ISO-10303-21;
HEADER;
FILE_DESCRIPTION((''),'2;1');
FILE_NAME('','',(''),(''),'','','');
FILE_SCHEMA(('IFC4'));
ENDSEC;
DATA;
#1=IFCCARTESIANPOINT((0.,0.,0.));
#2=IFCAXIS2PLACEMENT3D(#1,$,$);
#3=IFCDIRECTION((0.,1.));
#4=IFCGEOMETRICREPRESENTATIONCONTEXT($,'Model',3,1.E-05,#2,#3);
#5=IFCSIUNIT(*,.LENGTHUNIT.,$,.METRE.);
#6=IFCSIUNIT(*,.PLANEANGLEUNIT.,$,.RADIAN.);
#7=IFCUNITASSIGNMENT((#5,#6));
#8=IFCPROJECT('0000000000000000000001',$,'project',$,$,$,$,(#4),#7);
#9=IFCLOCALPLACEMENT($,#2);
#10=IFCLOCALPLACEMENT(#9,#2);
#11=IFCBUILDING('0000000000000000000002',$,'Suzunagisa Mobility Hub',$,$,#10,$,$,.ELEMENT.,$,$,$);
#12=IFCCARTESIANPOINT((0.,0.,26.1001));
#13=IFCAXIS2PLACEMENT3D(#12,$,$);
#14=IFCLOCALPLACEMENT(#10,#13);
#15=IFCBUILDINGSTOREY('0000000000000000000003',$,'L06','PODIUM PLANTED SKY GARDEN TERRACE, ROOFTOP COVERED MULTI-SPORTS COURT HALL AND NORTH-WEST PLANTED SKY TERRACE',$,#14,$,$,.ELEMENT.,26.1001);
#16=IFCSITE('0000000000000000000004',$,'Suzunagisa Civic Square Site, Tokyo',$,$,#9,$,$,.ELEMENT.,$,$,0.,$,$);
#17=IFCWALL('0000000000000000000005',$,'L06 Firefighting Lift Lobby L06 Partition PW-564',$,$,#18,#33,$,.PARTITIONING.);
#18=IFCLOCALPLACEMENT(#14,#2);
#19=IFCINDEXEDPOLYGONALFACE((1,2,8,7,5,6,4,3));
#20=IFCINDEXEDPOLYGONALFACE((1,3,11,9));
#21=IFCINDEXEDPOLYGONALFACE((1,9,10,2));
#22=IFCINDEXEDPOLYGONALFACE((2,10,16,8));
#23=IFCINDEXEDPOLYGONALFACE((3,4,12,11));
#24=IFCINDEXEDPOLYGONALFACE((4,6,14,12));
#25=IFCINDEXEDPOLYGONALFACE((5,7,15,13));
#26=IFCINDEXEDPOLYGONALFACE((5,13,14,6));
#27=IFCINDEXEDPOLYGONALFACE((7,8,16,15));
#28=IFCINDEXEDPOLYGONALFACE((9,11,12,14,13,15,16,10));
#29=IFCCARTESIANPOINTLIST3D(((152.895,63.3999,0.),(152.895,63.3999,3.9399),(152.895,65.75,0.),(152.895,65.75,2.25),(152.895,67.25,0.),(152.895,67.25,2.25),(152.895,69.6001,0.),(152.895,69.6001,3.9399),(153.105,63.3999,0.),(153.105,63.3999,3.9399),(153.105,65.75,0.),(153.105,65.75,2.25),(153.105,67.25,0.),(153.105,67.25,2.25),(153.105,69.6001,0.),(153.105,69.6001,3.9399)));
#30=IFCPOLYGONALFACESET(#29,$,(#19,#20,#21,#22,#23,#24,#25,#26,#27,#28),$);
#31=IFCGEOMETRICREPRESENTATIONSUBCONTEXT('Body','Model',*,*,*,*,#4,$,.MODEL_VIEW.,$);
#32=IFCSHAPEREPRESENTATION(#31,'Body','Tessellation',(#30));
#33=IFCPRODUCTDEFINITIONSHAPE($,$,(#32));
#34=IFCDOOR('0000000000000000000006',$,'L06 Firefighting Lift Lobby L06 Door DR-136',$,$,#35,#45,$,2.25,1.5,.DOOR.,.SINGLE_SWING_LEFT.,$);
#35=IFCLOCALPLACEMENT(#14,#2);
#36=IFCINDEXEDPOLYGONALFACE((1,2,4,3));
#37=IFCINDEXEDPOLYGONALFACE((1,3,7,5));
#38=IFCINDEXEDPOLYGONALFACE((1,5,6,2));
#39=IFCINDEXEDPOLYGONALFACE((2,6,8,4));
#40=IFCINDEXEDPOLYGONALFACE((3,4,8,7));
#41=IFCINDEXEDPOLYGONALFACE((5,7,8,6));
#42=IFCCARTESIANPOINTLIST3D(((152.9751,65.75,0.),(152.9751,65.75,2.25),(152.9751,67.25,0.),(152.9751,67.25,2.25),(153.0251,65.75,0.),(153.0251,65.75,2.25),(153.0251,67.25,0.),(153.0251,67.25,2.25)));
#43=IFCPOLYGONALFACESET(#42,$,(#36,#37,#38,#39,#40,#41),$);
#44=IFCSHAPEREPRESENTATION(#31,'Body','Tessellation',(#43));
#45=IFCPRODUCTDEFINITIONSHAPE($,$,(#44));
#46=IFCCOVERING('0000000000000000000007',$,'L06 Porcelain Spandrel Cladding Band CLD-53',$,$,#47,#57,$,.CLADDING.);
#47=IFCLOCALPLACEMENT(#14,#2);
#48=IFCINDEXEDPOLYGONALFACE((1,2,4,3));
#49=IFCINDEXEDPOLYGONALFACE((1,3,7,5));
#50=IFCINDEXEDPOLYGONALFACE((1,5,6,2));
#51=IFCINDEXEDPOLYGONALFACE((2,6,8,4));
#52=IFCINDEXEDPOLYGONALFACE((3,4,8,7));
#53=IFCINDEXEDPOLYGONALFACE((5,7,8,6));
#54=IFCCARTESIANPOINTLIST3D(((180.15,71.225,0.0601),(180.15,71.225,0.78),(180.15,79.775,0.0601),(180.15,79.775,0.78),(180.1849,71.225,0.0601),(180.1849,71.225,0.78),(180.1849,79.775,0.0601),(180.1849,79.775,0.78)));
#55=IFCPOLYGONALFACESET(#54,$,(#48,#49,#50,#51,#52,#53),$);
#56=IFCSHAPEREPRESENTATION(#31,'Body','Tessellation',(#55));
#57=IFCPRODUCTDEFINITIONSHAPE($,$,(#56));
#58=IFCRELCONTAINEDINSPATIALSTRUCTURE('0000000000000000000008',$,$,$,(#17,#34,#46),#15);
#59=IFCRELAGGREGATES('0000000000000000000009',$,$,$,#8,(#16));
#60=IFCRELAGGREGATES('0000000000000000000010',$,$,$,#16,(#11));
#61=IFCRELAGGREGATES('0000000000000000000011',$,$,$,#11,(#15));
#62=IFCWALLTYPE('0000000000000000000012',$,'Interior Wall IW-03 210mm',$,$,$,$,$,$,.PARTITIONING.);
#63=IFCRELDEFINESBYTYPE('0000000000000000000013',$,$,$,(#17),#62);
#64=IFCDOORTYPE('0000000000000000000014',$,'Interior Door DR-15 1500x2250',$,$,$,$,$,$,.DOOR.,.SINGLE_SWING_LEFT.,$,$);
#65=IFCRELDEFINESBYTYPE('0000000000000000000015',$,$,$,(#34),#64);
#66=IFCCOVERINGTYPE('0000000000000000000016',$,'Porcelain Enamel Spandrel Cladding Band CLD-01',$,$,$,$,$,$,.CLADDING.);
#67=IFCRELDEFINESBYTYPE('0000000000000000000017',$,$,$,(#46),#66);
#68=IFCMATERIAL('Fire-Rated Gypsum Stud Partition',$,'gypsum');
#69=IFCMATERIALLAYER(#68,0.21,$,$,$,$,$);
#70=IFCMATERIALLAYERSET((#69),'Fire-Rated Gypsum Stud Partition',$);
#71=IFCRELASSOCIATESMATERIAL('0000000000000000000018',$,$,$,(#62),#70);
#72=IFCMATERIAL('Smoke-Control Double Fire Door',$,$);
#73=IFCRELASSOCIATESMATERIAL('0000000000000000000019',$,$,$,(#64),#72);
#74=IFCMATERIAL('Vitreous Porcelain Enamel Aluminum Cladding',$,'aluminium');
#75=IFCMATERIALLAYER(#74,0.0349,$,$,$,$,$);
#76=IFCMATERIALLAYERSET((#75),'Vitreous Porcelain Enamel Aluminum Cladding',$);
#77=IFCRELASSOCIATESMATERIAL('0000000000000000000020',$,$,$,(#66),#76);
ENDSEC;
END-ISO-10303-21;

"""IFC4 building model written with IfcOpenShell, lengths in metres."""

from ifc_helpers import new_model, si_unit, direction, frame, frame_2d, origin, origin_2d, place, context, subcontext, project, spatial, rectangle, extrude, material, layer, layer_set, type_object, element, fill, save


model = new_model("IFC4")

# Units and contexts
model_context = context("Model", 3, precision=1e-05, world=origin(), true_north=direction((0.0, 1.0)))
body_context = subcontext(model_context, "Body", "Model", "MODEL_VIEW")
ifc_project = project(units=[si_unit("LENGTHUNIT", "METRE"), si_unit("PLANEANGLEUNIT", "RADIAN")], contexts=[model_context])

# Site, building, storey
site_placement = place(None, origin())
site = spatial("IfcSite", under=ifc_project, at=site_placement, Name="Suzunagisa Civic Square Site, Tokyo", CompositionType="ELEMENT", RefElevation=0.0)
building_placement = place(site_placement, origin())
building = spatial("IfcBuilding", under=site, at=building_placement, Name="Suzunagisa Mobility Hub", CompositionType="ELEMENT")
storey_placement = place(building_placement, frame((0.0, 0.0, 26.1001)))
storey = spatial("IfcBuildingStorey", under=building, at=storey_placement, Name="L06", Description="PODIUM PLANTED SKY GARDEN TERRACE, ROOFTOP COVERED MULTI-SPORTS COURT HALL AND NORTH-WEST PLANTED SKY TERRACE", CompositionType="ELEMENT", Elevation=26.1001)

# Shared definitions
ifc_material_1 = material(Name="Fire-Rated Gypsum Stud Partition", Category="gypsum")
ifc_layer_1 = layer(ifc_material_1, 0.21)
ifc_layer_set_1 = layer_set([ifc_layer_1], Name="Fire-Rated Gypsum Stud Partition")
wall_type_1 = type_object("IfcWallType", Name="Interior Wall IW-03 210mm", PredefinedType="PARTITIONING", material=ifc_layer_set_1)

# Wall, opening, door
wall_1_placement = place(storey_placement, frame((153.0, 63.3999, 0.0), z_axis=(0.0, 0.0, 1.0), x_axis=(0.0, 1.0, 0.0)))
wall_1 = element("IfcWall", 1, at=wall_1_placement, inside=storey, type_object=wall_type_1, Name="L06 Firefighting Lift Lobby L06 Partition PW-564", PredefinedType="PARTITIONING", context=body_context, shape_type="SweptSolid", body=[
    extrude(rectangle(XDim=6.2002, YDim=0.21, at=frame_2d((3.1001, 0.0))), origin(), (0.0, 0.0, 1.0), 3.9399),
])
opening_1_placement = place(wall_1_placement, frame((2.3501, 0.0, 0.0)))
opening_1 = element("IfcOpeningElement", 2, at=opening_1_placement, cuts=wall_1, PredefinedType="OPENING", context=body_context, shape_type="SweptSolid", body=[
    extrude(rectangle(XDim=1.5, YDim=2.25, at=frame_2d((0.75, 1.125))), frame((0.0, 0.116, 0.0), z_axis=(0.0, -1.0, 0.0), x_axis=(1.0, 0.0, 0.0)), (0.0, 0.0, 1.0), 0.2319),
])
ifc_material_2 = material(Name="Smoke-Control Double Fire Door")
door_type_1 = type_object("IfcDoorType", Name="Interior Door DR-15 1500x2250", OperationType="SINGLE_SWING_LEFT", PredefinedType="DOOR", material=ifc_material_2)
door_1_placement = place(opening_1_placement, origin())
door_1 = element("IfcDoor", 3, at=door_1_placement, inside=storey, type_object=door_type_1, Name="L06 Firefighting Lift Lobby L06 Door DR-136", OperationType="SINGLE_SWING_LEFT", OverallHeight=2.25, OverallWidth=1.5, PredefinedType="DOOR", context=body_context, shape_type="SweptSolid", body=[
    extrude(rectangle(XDim=1.5, YDim=2.25, at=frame_2d((0.75, 1.125))), frame((0.0, 0.0249, 0.0), z_axis=(0.0, -1.0, 0.0), x_axis=(1.0, 0.0, 0.0)), (0.0, 0.0, 1.0), 0.05),
])
fill(opening_1, door_1)

# Covering
ifc_material_3 = material(Name="Vitreous Porcelain Enamel Aluminum Cladding", Category="aluminium")
ifc_layer_2 = layer(ifc_material_3, 0.0349)
ifc_layer_set_2 = layer_set([ifc_layer_2], Name="Vitreous Porcelain Enamel Aluminum Cladding")
covering_type = type_object("IfcCoveringType", Name="Porcelain Enamel Spandrel Cladding Band CLD-01", PredefinedType="CLADDING", material=ifc_layer_set_2)
covering_placement = place(storey_placement, frame((180.1675, 75.5, 0.0601), z_axis=(0.0, 0.0, 1.0), x_axis=(0.0, 1.0, 0.0)))
element("IfcCovering", 4, at=covering_placement, inside=storey, type_object=covering_type, Name="L06 Porcelain Spandrel Cladding Band CLD-53", PredefinedType="CLADDING", context=body_context, shape_type="SweptSolid", body=[
    extrude(rectangle(XDim=8.55, YDim=0.0349, at=origin_2d()), origin(), (0.0, 0.0, 1.0), 0.72),
])

save(model, "model.ifc")
